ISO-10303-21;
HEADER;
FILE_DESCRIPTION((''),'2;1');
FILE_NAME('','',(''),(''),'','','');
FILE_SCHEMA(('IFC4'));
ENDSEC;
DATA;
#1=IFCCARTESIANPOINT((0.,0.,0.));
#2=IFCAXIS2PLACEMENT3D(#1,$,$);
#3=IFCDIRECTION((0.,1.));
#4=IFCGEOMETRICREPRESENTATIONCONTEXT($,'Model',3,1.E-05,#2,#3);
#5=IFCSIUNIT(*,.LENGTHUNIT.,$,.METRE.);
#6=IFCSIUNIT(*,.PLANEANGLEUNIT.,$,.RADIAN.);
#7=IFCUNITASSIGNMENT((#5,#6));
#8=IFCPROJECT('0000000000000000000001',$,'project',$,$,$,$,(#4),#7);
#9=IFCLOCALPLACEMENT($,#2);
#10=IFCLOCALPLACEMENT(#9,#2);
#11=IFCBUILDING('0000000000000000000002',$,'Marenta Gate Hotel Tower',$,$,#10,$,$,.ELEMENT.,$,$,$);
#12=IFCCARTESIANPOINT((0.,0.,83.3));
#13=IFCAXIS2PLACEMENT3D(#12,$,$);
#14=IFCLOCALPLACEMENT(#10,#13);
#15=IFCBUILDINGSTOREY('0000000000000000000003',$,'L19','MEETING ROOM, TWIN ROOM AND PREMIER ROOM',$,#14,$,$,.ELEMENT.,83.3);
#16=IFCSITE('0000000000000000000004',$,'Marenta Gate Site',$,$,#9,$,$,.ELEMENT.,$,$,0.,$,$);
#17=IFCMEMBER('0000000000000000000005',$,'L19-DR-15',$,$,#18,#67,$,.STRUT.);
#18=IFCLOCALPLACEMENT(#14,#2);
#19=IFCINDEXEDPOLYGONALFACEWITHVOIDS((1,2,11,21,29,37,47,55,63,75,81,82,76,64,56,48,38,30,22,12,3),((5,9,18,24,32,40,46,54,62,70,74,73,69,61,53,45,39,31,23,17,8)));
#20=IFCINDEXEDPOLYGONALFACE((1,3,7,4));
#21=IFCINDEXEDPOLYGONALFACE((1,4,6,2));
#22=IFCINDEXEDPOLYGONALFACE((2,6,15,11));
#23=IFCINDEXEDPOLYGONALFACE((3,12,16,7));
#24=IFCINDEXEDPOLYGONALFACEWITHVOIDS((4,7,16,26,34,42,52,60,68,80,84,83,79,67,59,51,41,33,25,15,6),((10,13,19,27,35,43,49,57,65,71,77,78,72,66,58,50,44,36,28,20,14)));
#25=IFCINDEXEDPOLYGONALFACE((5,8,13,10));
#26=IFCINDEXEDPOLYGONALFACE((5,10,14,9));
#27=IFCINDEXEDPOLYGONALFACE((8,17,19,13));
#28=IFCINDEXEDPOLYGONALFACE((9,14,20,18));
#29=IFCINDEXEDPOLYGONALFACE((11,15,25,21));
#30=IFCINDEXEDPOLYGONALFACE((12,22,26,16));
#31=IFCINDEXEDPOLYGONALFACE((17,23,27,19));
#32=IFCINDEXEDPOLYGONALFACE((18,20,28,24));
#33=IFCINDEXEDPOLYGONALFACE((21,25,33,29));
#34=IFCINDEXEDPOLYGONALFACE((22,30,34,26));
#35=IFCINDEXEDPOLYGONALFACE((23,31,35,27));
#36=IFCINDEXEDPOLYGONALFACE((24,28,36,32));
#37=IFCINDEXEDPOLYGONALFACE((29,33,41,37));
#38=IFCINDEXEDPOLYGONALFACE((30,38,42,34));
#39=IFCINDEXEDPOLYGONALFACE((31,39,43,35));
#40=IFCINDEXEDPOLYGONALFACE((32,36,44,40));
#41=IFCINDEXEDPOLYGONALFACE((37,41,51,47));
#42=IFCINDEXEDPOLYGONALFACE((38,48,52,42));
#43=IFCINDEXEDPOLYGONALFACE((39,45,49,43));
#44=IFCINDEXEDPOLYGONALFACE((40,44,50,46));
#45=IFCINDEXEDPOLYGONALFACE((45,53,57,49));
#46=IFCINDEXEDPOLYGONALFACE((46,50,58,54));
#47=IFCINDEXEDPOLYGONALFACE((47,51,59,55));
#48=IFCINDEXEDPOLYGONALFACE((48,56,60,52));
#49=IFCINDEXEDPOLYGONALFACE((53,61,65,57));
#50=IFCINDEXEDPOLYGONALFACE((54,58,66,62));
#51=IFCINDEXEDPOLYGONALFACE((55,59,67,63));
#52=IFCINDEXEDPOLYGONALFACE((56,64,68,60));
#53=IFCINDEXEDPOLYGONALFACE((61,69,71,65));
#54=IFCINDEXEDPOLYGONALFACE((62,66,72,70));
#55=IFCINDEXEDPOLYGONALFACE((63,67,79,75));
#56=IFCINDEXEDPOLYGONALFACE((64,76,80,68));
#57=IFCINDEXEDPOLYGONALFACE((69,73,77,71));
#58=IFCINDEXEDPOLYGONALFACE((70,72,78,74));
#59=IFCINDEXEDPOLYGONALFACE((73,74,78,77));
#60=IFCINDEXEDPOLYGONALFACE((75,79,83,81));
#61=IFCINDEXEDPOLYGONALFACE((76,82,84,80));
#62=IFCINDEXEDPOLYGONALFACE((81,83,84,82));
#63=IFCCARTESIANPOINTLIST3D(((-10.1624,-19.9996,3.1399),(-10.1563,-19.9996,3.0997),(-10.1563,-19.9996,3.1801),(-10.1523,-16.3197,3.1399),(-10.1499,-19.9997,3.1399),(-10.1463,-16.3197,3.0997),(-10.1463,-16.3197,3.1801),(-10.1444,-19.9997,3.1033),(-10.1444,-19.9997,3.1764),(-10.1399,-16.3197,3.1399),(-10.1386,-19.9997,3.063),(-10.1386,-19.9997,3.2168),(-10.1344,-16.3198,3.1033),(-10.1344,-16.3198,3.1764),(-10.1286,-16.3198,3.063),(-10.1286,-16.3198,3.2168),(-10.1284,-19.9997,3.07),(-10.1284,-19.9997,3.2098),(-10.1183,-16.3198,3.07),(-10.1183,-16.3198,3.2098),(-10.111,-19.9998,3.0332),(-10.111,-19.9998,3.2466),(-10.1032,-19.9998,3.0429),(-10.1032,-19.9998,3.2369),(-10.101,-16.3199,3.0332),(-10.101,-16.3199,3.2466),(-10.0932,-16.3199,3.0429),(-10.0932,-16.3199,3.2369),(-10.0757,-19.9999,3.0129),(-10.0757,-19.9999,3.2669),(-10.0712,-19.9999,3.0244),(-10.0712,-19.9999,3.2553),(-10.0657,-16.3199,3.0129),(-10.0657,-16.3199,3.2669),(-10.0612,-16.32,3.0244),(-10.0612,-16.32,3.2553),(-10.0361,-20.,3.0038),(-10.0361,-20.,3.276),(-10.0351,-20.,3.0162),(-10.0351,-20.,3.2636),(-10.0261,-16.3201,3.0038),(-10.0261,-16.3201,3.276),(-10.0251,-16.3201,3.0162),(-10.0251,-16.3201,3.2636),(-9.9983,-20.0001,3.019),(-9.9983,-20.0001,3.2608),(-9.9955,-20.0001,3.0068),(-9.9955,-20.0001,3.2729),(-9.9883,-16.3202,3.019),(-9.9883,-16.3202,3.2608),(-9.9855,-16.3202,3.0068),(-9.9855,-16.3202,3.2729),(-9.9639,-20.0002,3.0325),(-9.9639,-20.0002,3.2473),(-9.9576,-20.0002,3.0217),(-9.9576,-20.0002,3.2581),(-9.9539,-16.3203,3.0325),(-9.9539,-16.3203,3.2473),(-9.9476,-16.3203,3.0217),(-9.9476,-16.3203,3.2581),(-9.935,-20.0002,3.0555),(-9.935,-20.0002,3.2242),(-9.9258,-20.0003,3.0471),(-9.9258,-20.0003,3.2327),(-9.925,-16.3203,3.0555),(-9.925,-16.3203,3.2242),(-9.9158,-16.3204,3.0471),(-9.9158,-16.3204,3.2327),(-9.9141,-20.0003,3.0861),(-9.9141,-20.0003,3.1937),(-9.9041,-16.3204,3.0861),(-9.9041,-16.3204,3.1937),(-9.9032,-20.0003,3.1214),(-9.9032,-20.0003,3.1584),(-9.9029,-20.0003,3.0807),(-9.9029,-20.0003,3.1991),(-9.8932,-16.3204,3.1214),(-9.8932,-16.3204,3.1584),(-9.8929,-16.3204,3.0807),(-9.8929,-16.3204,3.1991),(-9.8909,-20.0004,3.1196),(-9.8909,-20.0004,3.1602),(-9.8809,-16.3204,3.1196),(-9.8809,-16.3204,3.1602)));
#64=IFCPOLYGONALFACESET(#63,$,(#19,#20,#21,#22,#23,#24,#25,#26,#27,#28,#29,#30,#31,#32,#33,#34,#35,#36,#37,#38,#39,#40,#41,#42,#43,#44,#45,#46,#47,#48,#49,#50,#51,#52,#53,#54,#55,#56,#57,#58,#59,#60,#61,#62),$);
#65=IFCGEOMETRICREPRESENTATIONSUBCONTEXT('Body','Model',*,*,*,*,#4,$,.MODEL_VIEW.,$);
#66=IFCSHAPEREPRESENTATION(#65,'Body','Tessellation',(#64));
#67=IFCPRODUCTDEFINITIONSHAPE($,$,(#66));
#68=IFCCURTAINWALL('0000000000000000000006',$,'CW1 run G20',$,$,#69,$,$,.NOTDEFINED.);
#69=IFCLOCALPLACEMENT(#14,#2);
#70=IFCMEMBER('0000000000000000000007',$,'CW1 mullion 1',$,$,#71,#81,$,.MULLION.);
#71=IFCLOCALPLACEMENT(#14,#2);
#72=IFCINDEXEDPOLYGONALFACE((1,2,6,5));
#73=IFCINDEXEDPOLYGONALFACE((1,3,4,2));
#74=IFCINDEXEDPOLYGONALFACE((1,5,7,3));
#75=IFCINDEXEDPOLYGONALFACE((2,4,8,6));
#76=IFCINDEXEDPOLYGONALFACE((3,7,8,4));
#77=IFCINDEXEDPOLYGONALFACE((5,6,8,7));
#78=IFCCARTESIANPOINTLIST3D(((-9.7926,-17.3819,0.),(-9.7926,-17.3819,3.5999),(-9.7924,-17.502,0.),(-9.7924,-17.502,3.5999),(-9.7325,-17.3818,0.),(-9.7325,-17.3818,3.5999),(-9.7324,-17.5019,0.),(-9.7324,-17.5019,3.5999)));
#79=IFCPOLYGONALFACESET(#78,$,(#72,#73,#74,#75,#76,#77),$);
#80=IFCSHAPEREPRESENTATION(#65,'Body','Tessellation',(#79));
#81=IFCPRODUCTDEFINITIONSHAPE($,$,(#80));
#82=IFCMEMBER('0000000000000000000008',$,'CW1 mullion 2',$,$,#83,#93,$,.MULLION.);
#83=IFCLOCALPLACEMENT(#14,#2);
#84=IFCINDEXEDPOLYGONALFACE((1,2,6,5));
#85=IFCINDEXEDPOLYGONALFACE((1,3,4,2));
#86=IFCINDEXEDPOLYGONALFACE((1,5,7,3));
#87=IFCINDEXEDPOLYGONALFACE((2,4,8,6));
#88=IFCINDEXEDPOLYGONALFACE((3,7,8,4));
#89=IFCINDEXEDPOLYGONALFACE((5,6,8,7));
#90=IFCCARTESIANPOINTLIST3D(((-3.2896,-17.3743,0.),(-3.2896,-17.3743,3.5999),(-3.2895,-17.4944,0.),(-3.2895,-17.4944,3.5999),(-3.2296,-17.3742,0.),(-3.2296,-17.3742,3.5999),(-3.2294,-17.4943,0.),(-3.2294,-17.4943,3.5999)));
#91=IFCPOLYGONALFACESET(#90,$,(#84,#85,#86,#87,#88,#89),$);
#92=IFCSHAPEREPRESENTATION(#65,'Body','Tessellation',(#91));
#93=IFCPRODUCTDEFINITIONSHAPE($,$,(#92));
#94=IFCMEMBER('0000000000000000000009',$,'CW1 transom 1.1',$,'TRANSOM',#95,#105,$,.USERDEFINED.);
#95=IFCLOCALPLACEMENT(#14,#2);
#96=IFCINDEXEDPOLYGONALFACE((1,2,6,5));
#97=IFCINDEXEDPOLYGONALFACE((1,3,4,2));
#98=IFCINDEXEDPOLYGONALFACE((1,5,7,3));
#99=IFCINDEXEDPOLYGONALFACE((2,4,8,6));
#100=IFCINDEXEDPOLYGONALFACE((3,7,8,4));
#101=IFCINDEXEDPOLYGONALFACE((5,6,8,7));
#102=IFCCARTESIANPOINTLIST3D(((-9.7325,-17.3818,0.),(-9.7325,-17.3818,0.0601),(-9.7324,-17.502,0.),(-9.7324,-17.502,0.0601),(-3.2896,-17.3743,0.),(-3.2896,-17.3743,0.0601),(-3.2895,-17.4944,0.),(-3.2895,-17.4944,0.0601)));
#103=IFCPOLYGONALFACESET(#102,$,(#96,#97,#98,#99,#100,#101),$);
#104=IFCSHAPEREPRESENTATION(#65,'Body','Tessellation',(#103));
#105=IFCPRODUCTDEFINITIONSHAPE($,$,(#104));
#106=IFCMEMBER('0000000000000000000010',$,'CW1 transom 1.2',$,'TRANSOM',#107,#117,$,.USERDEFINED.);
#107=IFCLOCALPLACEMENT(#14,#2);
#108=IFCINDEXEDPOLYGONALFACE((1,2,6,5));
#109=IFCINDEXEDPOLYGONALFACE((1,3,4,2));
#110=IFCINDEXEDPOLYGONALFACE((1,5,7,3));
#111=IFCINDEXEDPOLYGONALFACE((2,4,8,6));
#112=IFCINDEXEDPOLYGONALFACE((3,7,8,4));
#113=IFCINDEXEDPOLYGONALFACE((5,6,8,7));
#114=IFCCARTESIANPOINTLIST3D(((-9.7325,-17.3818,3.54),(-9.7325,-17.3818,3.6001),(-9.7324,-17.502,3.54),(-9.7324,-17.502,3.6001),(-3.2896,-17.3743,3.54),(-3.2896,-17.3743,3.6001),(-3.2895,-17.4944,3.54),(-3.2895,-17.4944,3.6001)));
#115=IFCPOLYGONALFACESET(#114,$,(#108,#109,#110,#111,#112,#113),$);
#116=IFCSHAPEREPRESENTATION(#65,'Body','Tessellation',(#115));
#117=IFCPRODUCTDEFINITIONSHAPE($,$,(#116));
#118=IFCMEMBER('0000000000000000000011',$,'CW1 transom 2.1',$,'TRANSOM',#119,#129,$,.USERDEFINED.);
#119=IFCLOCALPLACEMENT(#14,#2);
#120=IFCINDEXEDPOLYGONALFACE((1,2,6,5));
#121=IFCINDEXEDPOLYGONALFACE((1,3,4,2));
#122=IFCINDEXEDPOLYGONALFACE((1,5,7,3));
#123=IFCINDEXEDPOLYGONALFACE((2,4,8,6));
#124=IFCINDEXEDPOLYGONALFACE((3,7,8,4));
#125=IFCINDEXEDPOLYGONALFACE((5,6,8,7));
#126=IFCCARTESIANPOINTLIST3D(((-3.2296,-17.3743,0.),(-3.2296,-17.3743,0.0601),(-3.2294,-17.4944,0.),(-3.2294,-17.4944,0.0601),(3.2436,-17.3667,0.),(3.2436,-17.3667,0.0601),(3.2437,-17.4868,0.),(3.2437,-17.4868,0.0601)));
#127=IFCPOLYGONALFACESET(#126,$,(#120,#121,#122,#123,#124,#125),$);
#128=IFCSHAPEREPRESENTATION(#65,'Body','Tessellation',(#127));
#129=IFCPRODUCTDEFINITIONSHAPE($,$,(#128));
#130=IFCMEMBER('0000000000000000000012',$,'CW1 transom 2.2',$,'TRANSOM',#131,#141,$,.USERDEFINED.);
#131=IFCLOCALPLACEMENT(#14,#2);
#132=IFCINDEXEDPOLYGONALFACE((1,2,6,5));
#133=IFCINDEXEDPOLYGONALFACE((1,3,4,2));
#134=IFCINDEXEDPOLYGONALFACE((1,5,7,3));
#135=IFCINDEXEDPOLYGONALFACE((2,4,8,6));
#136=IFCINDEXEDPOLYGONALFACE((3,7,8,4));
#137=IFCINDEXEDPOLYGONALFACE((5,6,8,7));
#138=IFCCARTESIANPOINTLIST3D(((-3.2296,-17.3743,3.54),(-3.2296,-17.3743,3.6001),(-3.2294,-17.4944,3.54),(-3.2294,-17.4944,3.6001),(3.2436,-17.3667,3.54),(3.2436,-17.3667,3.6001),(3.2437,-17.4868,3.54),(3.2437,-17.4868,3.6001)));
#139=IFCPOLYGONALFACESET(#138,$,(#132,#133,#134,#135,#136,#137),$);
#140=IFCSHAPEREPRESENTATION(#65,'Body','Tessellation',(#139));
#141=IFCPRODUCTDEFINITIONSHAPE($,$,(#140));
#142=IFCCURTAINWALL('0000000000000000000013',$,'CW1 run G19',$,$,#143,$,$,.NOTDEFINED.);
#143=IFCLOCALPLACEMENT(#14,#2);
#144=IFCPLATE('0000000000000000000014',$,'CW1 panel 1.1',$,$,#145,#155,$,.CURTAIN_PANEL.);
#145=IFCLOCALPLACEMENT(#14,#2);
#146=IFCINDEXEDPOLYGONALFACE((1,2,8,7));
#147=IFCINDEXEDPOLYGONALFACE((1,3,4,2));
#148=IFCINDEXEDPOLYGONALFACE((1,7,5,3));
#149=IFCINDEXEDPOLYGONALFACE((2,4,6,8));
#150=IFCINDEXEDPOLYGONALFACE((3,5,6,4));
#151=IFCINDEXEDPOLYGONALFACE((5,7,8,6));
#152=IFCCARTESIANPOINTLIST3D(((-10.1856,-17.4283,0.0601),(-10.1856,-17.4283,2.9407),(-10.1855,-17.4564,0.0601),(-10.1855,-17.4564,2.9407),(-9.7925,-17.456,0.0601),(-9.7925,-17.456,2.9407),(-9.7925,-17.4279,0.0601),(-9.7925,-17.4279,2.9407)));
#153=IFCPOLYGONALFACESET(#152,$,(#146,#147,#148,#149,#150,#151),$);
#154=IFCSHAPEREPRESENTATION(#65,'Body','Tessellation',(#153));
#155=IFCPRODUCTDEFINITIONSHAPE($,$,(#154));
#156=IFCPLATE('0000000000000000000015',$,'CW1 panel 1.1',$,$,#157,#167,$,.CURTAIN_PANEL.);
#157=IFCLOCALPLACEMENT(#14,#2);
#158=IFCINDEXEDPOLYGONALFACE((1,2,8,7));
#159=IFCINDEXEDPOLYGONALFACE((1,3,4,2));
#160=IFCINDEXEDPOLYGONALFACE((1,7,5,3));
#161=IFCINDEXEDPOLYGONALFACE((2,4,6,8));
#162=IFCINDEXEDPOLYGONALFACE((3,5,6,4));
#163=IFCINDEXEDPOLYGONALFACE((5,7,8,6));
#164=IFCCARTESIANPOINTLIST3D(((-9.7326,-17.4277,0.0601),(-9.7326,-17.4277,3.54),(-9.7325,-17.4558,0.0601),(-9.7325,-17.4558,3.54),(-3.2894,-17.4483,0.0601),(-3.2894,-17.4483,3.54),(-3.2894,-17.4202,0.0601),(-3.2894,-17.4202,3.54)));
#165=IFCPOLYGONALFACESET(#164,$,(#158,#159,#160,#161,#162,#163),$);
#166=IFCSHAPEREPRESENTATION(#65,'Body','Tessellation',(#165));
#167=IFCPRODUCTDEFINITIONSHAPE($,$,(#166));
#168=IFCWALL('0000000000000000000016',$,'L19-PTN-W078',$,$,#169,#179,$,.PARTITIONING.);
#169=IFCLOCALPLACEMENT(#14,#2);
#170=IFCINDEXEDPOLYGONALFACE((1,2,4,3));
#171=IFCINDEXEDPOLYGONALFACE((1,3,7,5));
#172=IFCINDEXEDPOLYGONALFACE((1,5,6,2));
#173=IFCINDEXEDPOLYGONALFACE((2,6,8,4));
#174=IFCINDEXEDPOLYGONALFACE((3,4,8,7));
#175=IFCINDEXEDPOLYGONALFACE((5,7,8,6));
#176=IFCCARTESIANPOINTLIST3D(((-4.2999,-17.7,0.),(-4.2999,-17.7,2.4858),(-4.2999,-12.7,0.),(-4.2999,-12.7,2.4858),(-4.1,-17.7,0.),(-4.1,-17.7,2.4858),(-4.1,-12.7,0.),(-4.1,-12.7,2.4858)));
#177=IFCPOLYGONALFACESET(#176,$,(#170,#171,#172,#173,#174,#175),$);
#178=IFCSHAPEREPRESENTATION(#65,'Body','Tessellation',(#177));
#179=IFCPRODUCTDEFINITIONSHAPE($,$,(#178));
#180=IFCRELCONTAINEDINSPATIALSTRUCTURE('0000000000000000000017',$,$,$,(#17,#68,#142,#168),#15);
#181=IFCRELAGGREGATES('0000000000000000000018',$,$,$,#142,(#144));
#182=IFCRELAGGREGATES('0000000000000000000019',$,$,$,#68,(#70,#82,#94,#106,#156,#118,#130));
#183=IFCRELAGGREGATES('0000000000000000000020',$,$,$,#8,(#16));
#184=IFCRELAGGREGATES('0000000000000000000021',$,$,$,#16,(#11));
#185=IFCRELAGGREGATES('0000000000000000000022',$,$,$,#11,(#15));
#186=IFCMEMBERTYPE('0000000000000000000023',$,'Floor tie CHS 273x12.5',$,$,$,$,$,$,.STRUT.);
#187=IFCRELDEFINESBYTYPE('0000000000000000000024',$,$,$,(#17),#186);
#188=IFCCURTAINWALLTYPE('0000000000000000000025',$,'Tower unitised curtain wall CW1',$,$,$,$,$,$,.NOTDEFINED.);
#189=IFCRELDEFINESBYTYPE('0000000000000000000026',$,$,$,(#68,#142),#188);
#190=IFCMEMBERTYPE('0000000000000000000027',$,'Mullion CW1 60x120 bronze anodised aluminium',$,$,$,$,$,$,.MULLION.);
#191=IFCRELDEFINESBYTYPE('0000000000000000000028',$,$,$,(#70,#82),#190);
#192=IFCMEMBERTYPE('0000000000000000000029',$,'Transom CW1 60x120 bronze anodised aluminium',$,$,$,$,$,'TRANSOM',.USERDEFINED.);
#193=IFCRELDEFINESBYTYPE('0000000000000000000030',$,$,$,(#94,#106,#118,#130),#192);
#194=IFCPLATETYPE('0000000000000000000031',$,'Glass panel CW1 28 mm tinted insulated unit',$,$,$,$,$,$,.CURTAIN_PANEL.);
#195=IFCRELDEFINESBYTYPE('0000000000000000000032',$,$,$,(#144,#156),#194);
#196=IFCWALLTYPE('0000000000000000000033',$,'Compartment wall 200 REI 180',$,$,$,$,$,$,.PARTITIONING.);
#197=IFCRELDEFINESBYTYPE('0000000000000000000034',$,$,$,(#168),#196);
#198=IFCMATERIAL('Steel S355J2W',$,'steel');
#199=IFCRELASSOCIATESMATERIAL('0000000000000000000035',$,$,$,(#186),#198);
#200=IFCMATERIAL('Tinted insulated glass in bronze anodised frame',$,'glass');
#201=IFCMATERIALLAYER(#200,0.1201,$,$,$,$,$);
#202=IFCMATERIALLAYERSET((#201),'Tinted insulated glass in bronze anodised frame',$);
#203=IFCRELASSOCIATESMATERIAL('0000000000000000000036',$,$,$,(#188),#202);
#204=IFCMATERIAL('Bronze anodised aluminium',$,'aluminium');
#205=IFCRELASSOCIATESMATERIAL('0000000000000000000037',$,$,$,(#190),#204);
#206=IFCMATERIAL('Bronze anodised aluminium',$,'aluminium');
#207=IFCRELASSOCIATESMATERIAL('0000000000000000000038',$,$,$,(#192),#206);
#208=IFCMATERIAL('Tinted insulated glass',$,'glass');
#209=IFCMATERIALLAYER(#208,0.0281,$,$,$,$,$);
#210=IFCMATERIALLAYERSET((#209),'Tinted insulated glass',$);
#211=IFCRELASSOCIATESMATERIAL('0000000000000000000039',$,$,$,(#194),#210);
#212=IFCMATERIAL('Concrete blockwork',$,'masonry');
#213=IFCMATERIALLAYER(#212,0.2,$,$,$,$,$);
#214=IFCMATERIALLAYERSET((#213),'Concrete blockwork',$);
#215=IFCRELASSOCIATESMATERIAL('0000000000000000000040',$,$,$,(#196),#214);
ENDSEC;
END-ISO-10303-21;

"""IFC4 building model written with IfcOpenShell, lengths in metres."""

from ifc_helpers import new_model, si_unit, direction, frame, frame_2d, origin, origin_2d, place, context, subcontext, project, spatial, rectangle, hollow_circle, extrude, material, layer, layer_set, material_profile, profile_set, type_object, element, aggregate, save


model = new_model("IFC4")

# Units and contexts
model_context = context("Model", 3, precision=1e-05, world=origin(), true_north=direction((0.0, 1.0)))
body_context = subcontext(model_context, "Body", "Model", "MODEL_VIEW")
ifc_project = project(units=[si_unit("LENGTHUNIT", "METRE"), si_unit("PLANEANGLEUNIT", "RADIAN")], contexts=[model_context])

# Site, building, storey
site_placement = place(None, origin())
site = spatial("IfcSite", under=ifc_project, at=site_placement, Name="Marenta Gate Site", CompositionType="ELEMENT", RefElevation=0.0)
building_placement = place(site_placement, origin())
building = spatial("IfcBuilding", under=site, at=building_placement, Name="Marenta Gate Hotel Tower", CompositionType="ELEMENT")
storey_placement = place(building_placement, frame((0.0, 0.0, 83.3)))
storey = spatial("IfcBuildingStorey", under=building, at=storey_placement, Name="L19", Description="MEETING ROOM, TWIN ROOM AND PREMIER ROOM", CompositionType="ELEMENT", Elevation=83.3)

# Member
ifc_material_1 = material(Name="Steel S355J2W", Category="steel")
ifc_material_profile_1 = material_profile(ifc_material_1, hollow_circle(Radius=0.1365, WallThickness=0.0125, at=origin_2d()), Name="CHS 273x12.5")
ifc_profile_set_1 = profile_set([ifc_material_profile_1], Name="Steel S355J2W")
member_type_1 = type_object("IfcMemberType", Name="Floor tie CHS 273x12.5", PredefinedType="STRUT", material=ifc_profile_set_1)
member_1_placement = place(storey_placement, frame((-10.0259, -20.0, 3.1399), z_axis=(0.00272, 0.999996, 0.0), x_axis=(-0.999996, 0.00272, 0.0)))
element("IfcMember", 1, at=member_1_placement, inside=storey, type_object=member_type_1, Name="L19-DR-15", PredefinedType="STRUT", context=body_context, shape_type="SweptSolid", body=[
    extrude(hollow_circle(Radius=0.1365, WallThickness=0.0125, at=origin_2d()), origin(), (0.0, 0.0, 1.0), 3.6799),
])

# Curtain wall, members
ifc_material_2 = material(Name="Tinted insulated glass in bronze anodised frame", Category="glass")
ifc_layer_1 = layer(ifc_material_2, 0.1201)
ifc_layer_set_1 = layer_set([ifc_layer_1], Name="Tinted insulated glass in bronze anodised frame")
curtain_wall_type = type_object("IfcCurtainWallType", Name="Tower unitised curtain wall CW1", PredefinedType="NOTDEFINED", material=ifc_layer_set_1)
curtain_wall_1_placement = place(storey_placement, origin())
curtain_wall_1 = element("IfcCurtainWall", 2, at=curtain_wall_1_placement, inside=storey, type_object=curtain_wall_type, Name="CW1 run G20", PredefinedType="NOTDEFINED")
ifc_material_3 = material(Name="Bronze anodised aluminium", Category="aluminium")
ifc_material_profile_2 = material_profile(ifc_material_3, rectangle(XDim=0.1201, YDim=0.0601, at=origin_2d()), Name="Mullion CW1 60x120 bronze anodised aluminium")
ifc_profile_set_2 = profile_set([ifc_material_profile_2], Name="Bronze anodised aluminium")
member_type_2 = type_object("IfcMemberType", Name="Mullion CW1 60x120 bronze anodised aluminium", PredefinedType="MULLION", material=ifc_profile_set_2)
member_2_placement = place(storey_placement, frame((-9.7625, -17.4419, 0.0), z_axis=(0.0, 0.0, 1.0), x_axis=(-0.001163, 0.999999, 0.0)))
member_2 = element("IfcMember", 3, at=member_2_placement, type_object=member_type_2, Name="CW1 mullion 1", PredefinedType="MULLION", context=body_context, shape_type="SweptSolid", body=[
    extrude(rectangle(XDim=0.1201, YDim=0.0601, at=origin_2d()), origin(), (0.0, 0.0, 1.0), 3.5999),
])
member_3_placement = place(storey_placement, frame((-3.2595, -17.4343, 0.0), z_axis=(0.0, 0.0, 1.0), x_axis=(-0.001163, 0.999999, 0.0)))
member_3 = element("IfcMember", 4, at=member_3_placement, type_object=member_type_2, Name="CW1 mullion 2", PredefinedType="MULLION", context=body_context, shape_type="SweptSolid", body=[
    extrude(rectangle(XDim=0.1201, YDim=0.0601, at=origin_2d()), origin(), (0.0, 0.0, 1.0), 3.5999),
])
ifc_material_4 = material(Name="Bronze anodised aluminium", Category="aluminium")
ifc_material_profile_3 = material_profile(ifc_material_4, rectangle(XDim=0.1201, YDim=0.0601, at=origin_2d()), Name="Transom CW1 60x120 bronze anodised aluminium")
ifc_profile_set_3 = profile_set([ifc_material_profile_3], Name="Bronze anodised aluminium")
member_type_3 = type_object("IfcMemberType", Name="Transom CW1 60x120 bronze anodised aluminium", ElementType="TRANSOM", PredefinedType="USERDEFINED", material=ifc_profile_set_3)
member_4_placement = place(storey_placement, frame((-9.7324, -17.4419, 0.03), z_axis=(0.999999, 0.001175, 0.0), x_axis=(-0.001175, 0.999999, 0.0)))
member_4 = element("IfcMember", 5, at=member_4_placement, type_object=member_type_3, Name="CW1 transom 1.1", ObjectType="TRANSOM", PredefinedType="USERDEFINED", context=body_context, shape_type="SweptSolid", body=[
    extrude(rectangle(XDim=0.1201, YDim=0.0601, at=origin_2d()), origin(), (0.0, 0.0, 1.0), 6.4429),
])
member_5_placement = place(storey_placement, frame((-9.7324, -17.4419, 3.5701), z_axis=(0.999999, 0.001175, 0.0), x_axis=(-0.001175, 0.999999, 0.0)))
member_5 = element("IfcMember", 6, at=member_5_placement, type_object=member_type_3, Name="CW1 transom 1.2", ObjectType="TRANSOM", PredefinedType="USERDEFINED", context=body_context, shape_type="SweptSolid", body=[
    extrude(rectangle(XDim=0.1201, YDim=0.0601, at=origin_2d()), origin(), (0.0, 0.0, 1.0), 6.4429),
])
member_6_placement = place(storey_placement, frame((-3.2295, -17.4343, 0.03), z_axis=(0.999999, 0.001169, 0.0), x_axis=(-0.001169, 0.999999, 0.0)))
member_6 = element("IfcMember", 7, at=member_6_placement, type_object=member_type_3, Name="CW1 transom 2.1", ObjectType="TRANSOM", PredefinedType="USERDEFINED", context=body_context, shape_type="SweptSolid", body=[
    extrude(rectangle(XDim=0.1201, YDim=0.0601, at=origin_2d()), origin(), (0.0, 0.0, 1.0), 6.4731),
])
member_7_placement = place(storey_placement, frame((-3.2295, -17.4343, 3.5701), z_axis=(0.999999, 0.001169, 0.0), x_axis=(-0.001169, 0.999999, 0.0)))
member_7 = element("IfcMember", 8, at=member_7_placement, type_object=member_type_3, Name="CW1 transom 2.2", ObjectType="TRANSOM", PredefinedType="USERDEFINED", context=body_context, shape_type="SweptSolid", body=[
    extrude(rectangle(XDim=0.1201, YDim=0.0601, at=origin_2d()), origin(), (0.0, 0.0, 1.0), 6.4731),
])

# Curtain wall, plate
curtain_wall_2_placement = place(storey_placement, origin())
curtain_wall_2 = element("IfcCurtainWall", 9, at=curtain_wall_2_placement, inside=storey, type_object=curtain_wall_type, Name="CW1 run G19", PredefinedType="NOTDEFINED")
ifc_material_5 = material(Name="Tinted insulated glass", Category="glass")
ifc_layer_2 = layer(ifc_material_5, 0.0281)
ifc_layer_set_2 = layer_set([ifc_layer_2], Name="Tinted insulated glass")
plate_type = type_object("IfcPlateType", Name="Glass panel CW1 28 mm tinted insulated unit", PredefinedType="CURTAIN_PANEL", material=ifc_layer_set_2)
plate_1_placement = place(storey_placement, frame((-9.989, -17.4421, 0.0601), z_axis=(0.0, 0.0, 1.0), x_axis=(0.999999, 0.001104, 0.0)))
plate_1 = element("IfcPlate", 10, at=plate_1_placement, type_object=plate_type, Name="CW1 panel 1.1", PredefinedType="CURTAIN_PANEL", context=body_context, shape_type="SweptSolid", body=[
    extrude(rectangle(XDim=0.3931, YDim=0.0281, at=origin_2d()), origin(), (0.0, 0.0, 1.0), 2.8806),
])
aggregate(curtain_wall_2, [plate_1])

# Plate
plate_2_placement = place(storey_placement, frame((-6.511, -17.438, 0.0601), z_axis=(0.0, 0.0, 1.0), x_axis=(0.999999, 0.001163, 0.0)))
plate_2 = element("IfcPlate", 11, at=plate_2_placement, type_object=plate_type, Name="CW1 panel 1.1", PredefinedType="CURTAIN_PANEL", context=body_context, shape_type="SweptSolid", body=[
    extrude(rectangle(XDim=6.4431, YDim=0.0281, at=origin_2d()), origin(), (0.0, 0.0, 1.0), 3.48),
])
aggregate(curtain_wall_1, [member_2, member_3, member_4, member_5, plate_2, member_6, member_7])

# Wall
ifc_material_6 = material(Name="Concrete blockwork", Category="masonry")
ifc_layer_3 = layer(ifc_material_6, 0.2)
ifc_layer_set_3 = layer_set([ifc_layer_3], Name="Concrete blockwork")
wall_type_1 = type_object("IfcWallType", Name="Compartment wall 200 REI 180", PredefinedType="PARTITIONING", material=ifc_layer_set_3)
wall_1_placement = place(storey_placement, frame((-4.2, -17.7, 0.0), z_axis=(0.0, 0.0, 1.0), x_axis=(0.0, 1.0, 0.0)))
element("IfcWall", 12, at=wall_1_placement, inside=storey, type_object=wall_type_1, Name="L19-PTN-W078", PredefinedType="PARTITIONING", context=body_context, shape_type="SweptSolid", body=[
    extrude(rectangle(XDim=5.0, YDim=0.2, at=frame_2d((2.5, 0.0))), origin(), (0.0, 0.0, 1.0), 2.4858),
])

save(model, "model.ifc")
